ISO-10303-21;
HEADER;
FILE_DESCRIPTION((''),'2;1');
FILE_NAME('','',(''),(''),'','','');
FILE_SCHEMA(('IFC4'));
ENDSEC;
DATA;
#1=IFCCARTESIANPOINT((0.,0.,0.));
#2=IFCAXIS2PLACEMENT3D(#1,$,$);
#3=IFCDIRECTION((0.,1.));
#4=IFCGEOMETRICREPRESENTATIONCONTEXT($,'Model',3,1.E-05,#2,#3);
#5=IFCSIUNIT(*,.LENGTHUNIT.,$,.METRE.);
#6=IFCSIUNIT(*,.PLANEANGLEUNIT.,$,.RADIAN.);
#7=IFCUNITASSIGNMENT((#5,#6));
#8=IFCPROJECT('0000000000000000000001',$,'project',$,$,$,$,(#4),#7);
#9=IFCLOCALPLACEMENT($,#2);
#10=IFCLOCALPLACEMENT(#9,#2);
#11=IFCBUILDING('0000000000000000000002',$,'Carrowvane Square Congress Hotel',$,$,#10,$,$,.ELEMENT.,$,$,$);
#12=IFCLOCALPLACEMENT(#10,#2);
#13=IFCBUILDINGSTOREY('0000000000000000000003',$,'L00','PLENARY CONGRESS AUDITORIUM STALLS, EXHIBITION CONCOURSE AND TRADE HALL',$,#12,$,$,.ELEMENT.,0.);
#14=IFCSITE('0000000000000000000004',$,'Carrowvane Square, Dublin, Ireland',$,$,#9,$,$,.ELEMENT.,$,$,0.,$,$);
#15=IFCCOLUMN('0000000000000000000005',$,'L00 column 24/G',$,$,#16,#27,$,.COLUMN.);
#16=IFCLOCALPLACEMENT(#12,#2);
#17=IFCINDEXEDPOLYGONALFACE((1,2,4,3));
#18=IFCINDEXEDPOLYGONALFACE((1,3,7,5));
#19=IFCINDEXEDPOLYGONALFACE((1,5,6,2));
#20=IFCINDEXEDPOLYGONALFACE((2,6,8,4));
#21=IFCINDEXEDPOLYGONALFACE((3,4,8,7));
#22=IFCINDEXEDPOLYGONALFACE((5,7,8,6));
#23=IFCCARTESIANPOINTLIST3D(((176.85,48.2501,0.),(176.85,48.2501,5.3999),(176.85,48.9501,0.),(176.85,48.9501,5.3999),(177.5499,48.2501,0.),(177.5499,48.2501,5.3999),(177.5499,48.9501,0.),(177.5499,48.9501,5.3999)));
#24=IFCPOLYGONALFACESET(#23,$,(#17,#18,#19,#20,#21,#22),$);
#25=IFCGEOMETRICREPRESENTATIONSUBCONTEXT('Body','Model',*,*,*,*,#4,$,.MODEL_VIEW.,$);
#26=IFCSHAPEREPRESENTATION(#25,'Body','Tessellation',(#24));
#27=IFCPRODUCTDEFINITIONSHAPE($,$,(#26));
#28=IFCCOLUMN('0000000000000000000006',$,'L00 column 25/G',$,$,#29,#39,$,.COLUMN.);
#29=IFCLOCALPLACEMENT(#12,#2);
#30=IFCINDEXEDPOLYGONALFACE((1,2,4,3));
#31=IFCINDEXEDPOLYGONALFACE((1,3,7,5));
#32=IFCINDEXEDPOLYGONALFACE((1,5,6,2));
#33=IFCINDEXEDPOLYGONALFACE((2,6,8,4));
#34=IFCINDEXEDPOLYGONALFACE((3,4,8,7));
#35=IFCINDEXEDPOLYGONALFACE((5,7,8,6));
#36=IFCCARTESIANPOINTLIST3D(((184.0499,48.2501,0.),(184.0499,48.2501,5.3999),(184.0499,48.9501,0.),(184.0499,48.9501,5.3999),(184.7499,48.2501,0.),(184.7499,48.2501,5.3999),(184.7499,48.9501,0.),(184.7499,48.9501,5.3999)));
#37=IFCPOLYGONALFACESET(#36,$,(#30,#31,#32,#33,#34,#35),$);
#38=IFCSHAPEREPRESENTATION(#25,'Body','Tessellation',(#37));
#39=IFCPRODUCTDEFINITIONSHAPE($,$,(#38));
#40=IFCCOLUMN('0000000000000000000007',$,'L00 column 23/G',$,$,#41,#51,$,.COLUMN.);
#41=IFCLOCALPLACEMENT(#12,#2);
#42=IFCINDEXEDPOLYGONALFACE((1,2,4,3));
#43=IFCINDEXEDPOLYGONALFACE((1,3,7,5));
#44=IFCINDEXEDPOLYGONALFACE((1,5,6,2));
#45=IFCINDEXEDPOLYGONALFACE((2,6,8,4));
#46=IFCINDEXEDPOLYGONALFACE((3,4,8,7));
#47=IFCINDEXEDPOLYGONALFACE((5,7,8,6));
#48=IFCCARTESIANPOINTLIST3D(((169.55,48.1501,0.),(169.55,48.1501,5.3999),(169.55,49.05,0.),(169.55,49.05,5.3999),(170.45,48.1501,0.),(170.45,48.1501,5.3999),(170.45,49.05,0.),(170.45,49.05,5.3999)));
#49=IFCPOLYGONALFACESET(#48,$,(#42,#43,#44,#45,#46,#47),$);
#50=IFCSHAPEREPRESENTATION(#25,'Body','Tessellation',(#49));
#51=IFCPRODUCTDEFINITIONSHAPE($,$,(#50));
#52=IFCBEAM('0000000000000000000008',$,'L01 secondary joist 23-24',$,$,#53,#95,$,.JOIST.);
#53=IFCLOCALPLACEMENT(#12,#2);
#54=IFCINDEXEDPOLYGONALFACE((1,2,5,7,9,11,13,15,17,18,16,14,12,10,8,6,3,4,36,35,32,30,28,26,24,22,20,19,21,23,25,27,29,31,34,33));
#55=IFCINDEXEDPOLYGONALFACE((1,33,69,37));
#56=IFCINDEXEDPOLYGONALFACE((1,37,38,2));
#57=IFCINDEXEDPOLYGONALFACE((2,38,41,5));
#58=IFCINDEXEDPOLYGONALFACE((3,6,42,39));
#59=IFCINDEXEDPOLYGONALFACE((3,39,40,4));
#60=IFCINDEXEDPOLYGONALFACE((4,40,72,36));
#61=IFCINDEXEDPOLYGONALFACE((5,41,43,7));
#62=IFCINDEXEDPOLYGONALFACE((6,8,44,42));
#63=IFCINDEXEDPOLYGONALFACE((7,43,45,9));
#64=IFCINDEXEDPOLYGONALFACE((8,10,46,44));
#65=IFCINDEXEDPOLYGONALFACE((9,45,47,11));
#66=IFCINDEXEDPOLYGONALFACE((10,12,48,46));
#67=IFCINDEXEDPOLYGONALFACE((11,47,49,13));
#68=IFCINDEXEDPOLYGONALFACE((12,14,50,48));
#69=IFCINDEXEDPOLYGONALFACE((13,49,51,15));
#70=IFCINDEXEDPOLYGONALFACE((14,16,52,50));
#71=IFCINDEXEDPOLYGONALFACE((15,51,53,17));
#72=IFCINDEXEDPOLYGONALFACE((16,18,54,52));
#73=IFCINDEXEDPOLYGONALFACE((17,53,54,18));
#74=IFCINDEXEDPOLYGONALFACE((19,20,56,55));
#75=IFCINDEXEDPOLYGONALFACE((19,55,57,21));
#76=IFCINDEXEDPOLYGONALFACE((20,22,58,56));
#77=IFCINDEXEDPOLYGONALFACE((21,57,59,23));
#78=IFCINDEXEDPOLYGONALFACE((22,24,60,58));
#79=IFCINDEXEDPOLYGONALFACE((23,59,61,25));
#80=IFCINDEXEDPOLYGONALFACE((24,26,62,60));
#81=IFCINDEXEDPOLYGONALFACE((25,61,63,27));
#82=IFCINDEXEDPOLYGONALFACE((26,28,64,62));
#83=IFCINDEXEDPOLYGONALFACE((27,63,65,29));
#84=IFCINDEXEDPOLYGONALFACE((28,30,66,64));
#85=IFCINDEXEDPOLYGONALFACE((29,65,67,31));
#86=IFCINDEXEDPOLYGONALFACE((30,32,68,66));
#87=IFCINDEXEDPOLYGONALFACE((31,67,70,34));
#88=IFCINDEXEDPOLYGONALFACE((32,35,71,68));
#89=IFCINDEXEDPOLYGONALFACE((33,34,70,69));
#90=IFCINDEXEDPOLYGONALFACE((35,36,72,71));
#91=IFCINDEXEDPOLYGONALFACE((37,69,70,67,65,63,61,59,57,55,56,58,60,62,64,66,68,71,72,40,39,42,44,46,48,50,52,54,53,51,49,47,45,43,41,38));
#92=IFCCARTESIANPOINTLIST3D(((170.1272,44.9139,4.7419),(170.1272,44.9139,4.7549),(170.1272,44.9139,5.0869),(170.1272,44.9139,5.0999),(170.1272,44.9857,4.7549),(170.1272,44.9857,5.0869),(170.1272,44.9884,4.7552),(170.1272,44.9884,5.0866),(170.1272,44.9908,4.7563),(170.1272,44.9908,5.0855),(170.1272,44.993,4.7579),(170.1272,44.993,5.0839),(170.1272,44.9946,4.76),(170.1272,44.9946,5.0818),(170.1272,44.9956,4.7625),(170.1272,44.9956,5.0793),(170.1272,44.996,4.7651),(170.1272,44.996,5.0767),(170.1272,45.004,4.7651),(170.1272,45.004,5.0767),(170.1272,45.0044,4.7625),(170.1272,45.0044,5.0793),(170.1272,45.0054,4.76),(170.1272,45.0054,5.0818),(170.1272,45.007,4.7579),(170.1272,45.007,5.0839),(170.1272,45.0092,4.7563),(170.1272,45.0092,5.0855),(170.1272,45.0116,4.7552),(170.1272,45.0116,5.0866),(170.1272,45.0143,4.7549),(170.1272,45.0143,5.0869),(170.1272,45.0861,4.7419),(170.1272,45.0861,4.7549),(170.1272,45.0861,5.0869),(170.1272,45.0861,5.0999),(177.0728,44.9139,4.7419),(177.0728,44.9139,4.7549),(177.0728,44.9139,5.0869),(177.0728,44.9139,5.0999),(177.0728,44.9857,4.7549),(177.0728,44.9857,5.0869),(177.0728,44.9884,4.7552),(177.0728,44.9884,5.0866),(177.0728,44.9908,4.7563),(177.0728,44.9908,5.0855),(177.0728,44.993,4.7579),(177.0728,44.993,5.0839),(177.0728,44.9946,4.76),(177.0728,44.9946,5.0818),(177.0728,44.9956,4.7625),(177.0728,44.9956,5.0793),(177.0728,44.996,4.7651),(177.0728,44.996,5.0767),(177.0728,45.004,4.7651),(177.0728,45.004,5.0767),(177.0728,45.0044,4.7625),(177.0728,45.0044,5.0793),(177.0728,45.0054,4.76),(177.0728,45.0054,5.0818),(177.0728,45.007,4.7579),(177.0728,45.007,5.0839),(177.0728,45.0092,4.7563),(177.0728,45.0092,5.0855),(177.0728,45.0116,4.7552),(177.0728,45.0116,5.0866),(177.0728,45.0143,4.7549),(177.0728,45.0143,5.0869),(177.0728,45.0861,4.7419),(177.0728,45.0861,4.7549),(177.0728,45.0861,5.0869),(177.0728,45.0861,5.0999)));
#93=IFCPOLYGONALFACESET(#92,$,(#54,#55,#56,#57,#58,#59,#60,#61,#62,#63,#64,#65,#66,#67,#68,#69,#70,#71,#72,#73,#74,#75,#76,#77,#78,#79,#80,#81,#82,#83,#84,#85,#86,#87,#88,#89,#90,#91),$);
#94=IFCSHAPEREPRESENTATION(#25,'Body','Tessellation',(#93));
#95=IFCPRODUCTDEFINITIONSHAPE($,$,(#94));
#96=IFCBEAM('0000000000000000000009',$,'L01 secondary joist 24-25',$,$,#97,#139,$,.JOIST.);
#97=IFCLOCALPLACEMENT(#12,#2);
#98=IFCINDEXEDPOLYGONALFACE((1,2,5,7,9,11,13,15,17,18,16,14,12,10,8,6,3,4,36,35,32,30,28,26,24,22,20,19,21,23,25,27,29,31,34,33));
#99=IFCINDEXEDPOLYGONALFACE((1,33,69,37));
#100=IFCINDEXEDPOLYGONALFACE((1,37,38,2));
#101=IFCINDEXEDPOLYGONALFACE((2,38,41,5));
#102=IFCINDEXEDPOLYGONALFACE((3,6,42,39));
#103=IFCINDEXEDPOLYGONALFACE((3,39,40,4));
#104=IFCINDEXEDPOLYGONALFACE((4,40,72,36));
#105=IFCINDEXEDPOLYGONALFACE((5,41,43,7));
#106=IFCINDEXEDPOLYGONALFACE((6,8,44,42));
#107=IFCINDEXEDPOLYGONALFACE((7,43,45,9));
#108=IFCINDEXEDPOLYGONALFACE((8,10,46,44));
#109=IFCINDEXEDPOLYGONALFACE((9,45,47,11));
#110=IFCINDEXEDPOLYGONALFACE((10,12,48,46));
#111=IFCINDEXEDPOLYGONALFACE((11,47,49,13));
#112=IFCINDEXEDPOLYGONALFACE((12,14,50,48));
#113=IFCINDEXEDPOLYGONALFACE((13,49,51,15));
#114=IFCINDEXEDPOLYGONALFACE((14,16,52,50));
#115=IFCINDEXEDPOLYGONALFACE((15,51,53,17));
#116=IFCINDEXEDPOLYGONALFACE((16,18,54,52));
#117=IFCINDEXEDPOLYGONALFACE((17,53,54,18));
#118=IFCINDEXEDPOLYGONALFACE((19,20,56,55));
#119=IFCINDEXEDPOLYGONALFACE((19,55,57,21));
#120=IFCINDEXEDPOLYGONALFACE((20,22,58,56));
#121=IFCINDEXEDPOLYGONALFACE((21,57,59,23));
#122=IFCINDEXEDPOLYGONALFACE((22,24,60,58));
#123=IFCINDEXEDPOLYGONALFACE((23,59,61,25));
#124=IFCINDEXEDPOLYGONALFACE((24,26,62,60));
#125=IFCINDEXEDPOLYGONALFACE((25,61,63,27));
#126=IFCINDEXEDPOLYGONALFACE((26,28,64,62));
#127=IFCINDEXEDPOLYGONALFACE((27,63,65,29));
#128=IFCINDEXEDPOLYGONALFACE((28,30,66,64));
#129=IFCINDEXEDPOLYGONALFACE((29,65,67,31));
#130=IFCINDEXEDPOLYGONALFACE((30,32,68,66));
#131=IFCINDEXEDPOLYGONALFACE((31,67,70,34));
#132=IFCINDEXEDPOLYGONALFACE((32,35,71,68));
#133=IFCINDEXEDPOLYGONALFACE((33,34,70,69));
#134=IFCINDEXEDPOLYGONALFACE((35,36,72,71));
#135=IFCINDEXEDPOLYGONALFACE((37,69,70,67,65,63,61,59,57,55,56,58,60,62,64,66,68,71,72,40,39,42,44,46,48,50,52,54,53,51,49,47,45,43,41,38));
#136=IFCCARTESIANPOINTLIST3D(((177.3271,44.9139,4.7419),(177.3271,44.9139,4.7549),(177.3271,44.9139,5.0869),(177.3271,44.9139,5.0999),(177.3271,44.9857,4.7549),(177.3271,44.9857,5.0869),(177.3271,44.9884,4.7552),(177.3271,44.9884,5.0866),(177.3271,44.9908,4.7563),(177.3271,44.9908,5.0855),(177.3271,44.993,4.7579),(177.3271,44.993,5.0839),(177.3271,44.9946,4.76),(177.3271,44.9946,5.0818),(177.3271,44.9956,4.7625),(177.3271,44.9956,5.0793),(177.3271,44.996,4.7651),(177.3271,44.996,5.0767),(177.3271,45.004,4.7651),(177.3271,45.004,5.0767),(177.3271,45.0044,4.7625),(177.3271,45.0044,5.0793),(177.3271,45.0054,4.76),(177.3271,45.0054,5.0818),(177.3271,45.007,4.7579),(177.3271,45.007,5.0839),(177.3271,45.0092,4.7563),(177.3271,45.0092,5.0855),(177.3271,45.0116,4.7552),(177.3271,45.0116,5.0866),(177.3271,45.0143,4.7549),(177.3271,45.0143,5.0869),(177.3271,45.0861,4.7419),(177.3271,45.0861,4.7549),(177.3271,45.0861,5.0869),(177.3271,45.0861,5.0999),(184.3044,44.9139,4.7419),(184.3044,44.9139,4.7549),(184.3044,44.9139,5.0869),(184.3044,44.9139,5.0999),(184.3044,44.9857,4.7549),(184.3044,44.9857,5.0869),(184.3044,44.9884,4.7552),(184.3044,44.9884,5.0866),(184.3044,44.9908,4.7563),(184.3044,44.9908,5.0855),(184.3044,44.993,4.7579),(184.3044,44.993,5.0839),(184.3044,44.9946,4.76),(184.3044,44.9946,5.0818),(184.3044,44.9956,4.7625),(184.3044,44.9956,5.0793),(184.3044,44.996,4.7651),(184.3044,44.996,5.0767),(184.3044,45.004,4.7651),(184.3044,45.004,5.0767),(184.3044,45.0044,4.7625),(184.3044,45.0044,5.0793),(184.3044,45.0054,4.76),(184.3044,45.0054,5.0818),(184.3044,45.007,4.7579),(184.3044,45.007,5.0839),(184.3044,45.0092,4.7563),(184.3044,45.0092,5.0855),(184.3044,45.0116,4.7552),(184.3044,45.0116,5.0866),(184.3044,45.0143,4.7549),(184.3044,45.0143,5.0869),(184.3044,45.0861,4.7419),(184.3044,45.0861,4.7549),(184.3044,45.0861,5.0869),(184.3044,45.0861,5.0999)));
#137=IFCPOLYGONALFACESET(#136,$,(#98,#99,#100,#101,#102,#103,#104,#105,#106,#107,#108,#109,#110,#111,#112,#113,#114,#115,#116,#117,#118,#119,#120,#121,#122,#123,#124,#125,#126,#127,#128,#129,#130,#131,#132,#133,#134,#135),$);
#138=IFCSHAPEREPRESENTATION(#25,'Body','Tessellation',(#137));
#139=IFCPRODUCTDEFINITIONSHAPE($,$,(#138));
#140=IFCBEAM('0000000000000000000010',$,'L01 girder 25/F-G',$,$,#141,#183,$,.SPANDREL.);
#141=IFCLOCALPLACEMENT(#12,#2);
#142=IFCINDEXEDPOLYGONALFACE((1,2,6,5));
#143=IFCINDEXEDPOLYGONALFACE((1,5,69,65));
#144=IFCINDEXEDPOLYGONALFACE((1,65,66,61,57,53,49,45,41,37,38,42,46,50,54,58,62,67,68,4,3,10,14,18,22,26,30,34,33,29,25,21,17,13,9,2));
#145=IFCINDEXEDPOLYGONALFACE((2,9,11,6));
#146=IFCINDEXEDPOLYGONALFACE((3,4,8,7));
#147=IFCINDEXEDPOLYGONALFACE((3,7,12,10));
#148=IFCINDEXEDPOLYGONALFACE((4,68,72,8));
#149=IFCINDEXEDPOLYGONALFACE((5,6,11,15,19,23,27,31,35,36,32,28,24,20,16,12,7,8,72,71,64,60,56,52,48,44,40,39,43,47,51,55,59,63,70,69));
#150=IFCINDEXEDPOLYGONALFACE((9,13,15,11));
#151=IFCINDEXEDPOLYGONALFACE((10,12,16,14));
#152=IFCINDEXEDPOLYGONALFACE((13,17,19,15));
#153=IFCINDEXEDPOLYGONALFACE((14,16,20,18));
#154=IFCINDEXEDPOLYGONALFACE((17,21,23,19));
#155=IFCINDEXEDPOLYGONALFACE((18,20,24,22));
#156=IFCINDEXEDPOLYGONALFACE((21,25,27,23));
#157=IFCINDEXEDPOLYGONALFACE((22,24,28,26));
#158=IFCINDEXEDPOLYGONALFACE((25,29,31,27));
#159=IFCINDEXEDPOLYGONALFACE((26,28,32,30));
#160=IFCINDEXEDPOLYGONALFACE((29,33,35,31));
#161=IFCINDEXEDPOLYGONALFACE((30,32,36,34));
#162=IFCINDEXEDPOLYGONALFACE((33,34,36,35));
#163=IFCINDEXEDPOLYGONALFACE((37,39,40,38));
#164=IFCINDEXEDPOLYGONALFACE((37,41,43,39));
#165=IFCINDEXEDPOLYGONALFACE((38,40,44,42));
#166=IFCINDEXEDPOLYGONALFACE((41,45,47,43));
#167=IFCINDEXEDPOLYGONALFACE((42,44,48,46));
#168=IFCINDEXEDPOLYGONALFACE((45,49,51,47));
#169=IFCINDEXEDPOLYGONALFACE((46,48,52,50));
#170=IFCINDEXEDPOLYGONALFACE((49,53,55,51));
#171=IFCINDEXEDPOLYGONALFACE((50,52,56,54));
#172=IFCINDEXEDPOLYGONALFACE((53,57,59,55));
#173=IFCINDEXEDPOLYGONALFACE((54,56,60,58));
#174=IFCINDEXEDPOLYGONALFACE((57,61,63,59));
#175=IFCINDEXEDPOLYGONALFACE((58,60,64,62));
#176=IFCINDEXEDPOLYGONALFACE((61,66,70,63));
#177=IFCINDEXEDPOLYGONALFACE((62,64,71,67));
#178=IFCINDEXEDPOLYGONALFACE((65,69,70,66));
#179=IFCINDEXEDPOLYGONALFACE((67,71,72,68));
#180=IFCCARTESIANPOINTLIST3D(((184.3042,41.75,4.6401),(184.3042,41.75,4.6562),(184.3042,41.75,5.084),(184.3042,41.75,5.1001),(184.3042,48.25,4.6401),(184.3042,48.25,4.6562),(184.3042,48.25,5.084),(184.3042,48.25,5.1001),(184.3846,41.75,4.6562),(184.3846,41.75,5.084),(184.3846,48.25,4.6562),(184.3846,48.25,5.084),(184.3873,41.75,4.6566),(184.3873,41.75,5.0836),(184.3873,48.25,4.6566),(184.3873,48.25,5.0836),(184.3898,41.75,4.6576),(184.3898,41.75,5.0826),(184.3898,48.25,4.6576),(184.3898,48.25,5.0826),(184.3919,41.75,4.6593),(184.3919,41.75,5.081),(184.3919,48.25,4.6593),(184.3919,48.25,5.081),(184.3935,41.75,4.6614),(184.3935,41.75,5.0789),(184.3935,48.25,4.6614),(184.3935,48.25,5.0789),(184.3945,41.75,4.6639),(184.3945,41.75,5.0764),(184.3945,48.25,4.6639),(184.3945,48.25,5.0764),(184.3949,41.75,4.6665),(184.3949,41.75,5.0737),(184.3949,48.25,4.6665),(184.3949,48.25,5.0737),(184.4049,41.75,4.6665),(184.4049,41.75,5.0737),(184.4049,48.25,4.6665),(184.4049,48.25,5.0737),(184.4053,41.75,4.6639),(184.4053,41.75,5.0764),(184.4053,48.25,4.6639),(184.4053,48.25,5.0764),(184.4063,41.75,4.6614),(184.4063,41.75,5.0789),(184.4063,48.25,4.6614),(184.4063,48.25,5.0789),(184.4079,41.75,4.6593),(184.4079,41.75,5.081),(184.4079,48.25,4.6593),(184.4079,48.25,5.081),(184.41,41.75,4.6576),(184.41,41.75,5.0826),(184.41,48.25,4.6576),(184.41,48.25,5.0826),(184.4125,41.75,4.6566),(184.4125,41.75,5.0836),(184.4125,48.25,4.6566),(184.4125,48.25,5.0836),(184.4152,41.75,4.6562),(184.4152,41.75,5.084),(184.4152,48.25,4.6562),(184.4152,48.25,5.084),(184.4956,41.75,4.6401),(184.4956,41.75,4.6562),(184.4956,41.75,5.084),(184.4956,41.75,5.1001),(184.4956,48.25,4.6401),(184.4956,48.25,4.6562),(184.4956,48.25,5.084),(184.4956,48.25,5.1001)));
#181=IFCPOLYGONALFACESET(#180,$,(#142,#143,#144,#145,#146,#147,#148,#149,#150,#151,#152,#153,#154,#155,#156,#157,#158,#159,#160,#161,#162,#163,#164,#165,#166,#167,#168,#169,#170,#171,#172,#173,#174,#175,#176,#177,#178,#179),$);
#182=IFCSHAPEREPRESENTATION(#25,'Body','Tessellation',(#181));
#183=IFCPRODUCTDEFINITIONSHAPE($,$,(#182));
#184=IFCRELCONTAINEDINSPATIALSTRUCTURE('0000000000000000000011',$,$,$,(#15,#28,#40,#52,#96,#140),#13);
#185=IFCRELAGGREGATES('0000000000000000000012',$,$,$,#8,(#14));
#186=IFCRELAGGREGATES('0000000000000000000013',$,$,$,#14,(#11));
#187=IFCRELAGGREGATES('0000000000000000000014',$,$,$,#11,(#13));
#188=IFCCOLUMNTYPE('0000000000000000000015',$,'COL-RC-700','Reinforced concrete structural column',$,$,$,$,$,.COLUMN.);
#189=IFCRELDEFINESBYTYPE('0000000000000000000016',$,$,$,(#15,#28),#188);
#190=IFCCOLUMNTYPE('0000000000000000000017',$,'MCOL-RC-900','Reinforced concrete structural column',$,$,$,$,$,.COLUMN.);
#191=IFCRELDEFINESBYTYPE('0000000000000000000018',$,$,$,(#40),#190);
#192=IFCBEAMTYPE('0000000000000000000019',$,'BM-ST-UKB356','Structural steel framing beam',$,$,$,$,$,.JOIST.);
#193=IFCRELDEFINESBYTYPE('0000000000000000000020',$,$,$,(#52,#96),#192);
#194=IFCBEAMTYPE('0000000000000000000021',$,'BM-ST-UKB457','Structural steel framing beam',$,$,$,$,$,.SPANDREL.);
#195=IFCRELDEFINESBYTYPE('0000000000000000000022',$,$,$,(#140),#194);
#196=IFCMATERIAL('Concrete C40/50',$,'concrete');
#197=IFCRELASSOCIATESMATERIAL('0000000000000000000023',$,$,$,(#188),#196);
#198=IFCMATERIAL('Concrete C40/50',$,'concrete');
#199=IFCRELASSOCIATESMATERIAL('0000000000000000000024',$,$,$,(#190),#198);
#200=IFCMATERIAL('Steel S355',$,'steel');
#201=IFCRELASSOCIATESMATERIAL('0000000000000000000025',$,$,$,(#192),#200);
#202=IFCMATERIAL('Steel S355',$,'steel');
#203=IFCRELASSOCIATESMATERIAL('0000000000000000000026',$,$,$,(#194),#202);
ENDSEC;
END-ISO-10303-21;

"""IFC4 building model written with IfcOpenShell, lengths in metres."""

from ifc_helpers import new_model, si_unit, direction, frame, origin, origin_2d, place, context, subcontext, project, spatial, rectangle, i_section, extrude, material, material_profile, profile_set, type_object, element, save


model = new_model("IFC4")

# Units and contexts
model_context = context("Model", 3, precision=1e-05, world=origin(), true_north=direction((0.0, 1.0)))
body_context = subcontext(model_context, "Body", "Model", "MODEL_VIEW")
ifc_project = project(units=[si_unit("LENGTHUNIT", "METRE"), si_unit("PLANEANGLEUNIT", "RADIAN")], contexts=[model_context])

# Site, building, storey
site_placement = place(None, origin())
site = spatial("IfcSite", under=ifc_project, at=site_placement, Name="Carrowvane Square, Dublin, Ireland", CompositionType="ELEMENT", RefElevation=0.0)
building_placement = place(site_placement, origin())
building = spatial("IfcBuilding", under=site, at=building_placement, Name="Carrowvane Square Congress Hotel", CompositionType="ELEMENT")
storey_placement = place(building_placement, origin())
storey = spatial("IfcBuildingStorey", under=building, at=storey_placement, Name="L00", Description="PLENARY CONGRESS AUDITORIUM STALLS, EXHIBITION CONCOURSE AND TRADE HALL", CompositionType="ELEMENT", Elevation=0.0)

# Columns
ifc_material_1 = material(Name="Concrete C40/50", Category="concrete")
ifc_material_profile_1 = material_profile(ifc_material_1, rectangle(XDim=0.7, YDim=0.7, at=origin_2d()), Name="RC 700x700")
ifc_profile_set_1 = profile_set([ifc_material_profile_1], Name="Concrete C40/50")
column_type_1 = type_object("IfcColumnType", Name="COL-RC-700", Description="Reinforced concrete structural column", PredefinedType="COLUMN", material=ifc_profile_set_1)
for number, where, z_axis, x_axis, name in (
    (1, (177.2, 48.6001, 0.0), (0.0, 0.0, 1.0), (1.0, 0.0, 0.0), "L00 column 24/G"),
    (2, (184.3999, 48.6001, 0.0), (0.0, 0.0, 1.0), (1.0, 0.0, 0.0), "L00 column 25/G"),
):
    element("IfcColumn", number, at=place(storey_placement, frame(where, z_axis=z_axis, x_axis=x_axis)), inside=storey, type_object=column_type_1, Name=name, PredefinedType="COLUMN", context=body_context, shape_type="SweptSolid", body=[
        extrude(rectangle(XDim=0.7, YDim=0.7, at=origin_2d()), origin(), (0.0, 0.0, 1.0), 5.3999),
    ])
ifc_material_2 = material(Name="Concrete C40/50", Category="concrete")
ifc_material_profile_2 = material_profile(ifc_material_2, rectangle(XDim=0.8999, YDim=0.8999, at=origin_2d()), Name="RC 900x900")
ifc_profile_set_2 = profile_set([ifc_material_profile_2], Name="Concrete C40/50")
column_type_2 = type_object("IfcColumnType", Name="MCOL-RC-900", Description="Reinforced concrete structural column", PredefinedType="COLUMN", material=ifc_profile_set_2)
column_placement = place(storey_placement, frame((170.0, 48.6001, 0.0), z_axis=(0.0, 0.0, 1.0), x_axis=(1.0, 0.0, 0.0)))
element("IfcColumn", 3, at=column_placement, inside=storey, type_object=column_type_2, Name="L00 column 23/G", PredefinedType="COLUMN", context=body_context, shape_type="SweptSolid", body=[
    extrude(rectangle(XDim=0.8999, YDim=0.8999, at=origin_2d()), origin(), (0.0, 0.0, 1.0), 5.3999),
])

# Beams
ifc_material_3 = material(Name="Steel S355", Category="steel")
ifc_material_profile_3 = material_profile(ifc_material_3, i_section(OverallWidth=0.1721, OverallDepth=0.3579, WebThickness=0.0081, FlangeThickness=0.0129, FilletRadius=0.0103, at=origin_2d()), Name="UKB 356x171x57")
ifc_profile_set_3 = profile_set([ifc_material_profile_3], Name="Steel S355")
beam_type_1 = type_object("IfcBeamType", Name="BM-ST-UKB356", Description="Structural steel framing beam", PredefinedType="JOIST", material=ifc_profile_set_3)
beam_1_placement = place(storey_placement, frame((170.1272, 45.0, 4.9209), z_axis=(1.0, 0.0, 0.0), x_axis=(0.0, 1.0, 0.0)))
element("IfcBeam", 4, at=beam_1_placement, inside=storey, type_object=beam_type_1, Name="L01 secondary joist 23-24", PredefinedType="JOIST", context=body_context, shape_type="SweptSolid", body=[
    extrude(i_section(OverallWidth=0.1721, OverallDepth=0.3579, WebThickness=0.0081, FlangeThickness=0.0129, FilletRadius=0.0103, at=origin_2d()), origin(), (0.0, 0.0, 1.0), 6.9456),
])
beam_2_placement = place(storey_placement, frame((177.3271, 45.0, 4.9209), z_axis=(1.0, 0.0, 0.0), x_axis=(0.0, 1.0, 0.0)))
element("IfcBeam", 5, at=beam_2_placement, inside=storey, type_object=beam_type_1, Name="L01 secondary joist 24-25", PredefinedType="JOIST", context=body_context, shape_type="SweptSolid", body=[
    extrude(i_section(OverallWidth=0.1721, OverallDepth=0.3579, WebThickness=0.0081, FlangeThickness=0.0129, FilletRadius=0.0103, at=origin_2d()), origin(), (0.0, 0.0, 1.0), 6.9773),
])
ifc_material_4 = material(Name="Steel S355", Category="steel")
ifc_material_profile_4 = material_profile(ifc_material_4, i_section(OverallWidth=0.1914, OverallDepth=0.46, WebThickness=0.01, FlangeThickness=0.0161, FilletRadius=0.0103, at=origin_2d()), Name="UKB 457x191x82")
ifc_profile_set_4 = profile_set([ifc_material_profile_4], Name="Steel S355")
beam_type_2 = type_object("IfcBeamType", Name="BM-ST-UKB457", Description="Structural steel framing beam", PredefinedType="SPANDREL", material=ifc_profile_set_4)
for number, where, z_axis, x_axis, name in (
    (6, (184.3999, 41.75, 4.8701), (0.0, 1.0, 0.0), (-1.0, 0.0, 0.0), "L01 girder 25/F-G"),
):
    element("IfcBeam", number, at=place(storey_placement, frame(where, z_axis=z_axis, x_axis=x_axis)), inside=storey, type_object=beam_type_2, Name=name, PredefinedType="SPANDREL", context=body_context, shape_type="SweptSolid", body=[
        extrude(i_section(OverallWidth=0.1914, OverallDepth=0.46, WebThickness=0.01, FlangeThickness=0.0161, FilletRadius=0.0103, at=origin_2d()), origin(), (0.0, 0.0, 1.0), 6.5),
    ])

save(model, "model.ifc")
